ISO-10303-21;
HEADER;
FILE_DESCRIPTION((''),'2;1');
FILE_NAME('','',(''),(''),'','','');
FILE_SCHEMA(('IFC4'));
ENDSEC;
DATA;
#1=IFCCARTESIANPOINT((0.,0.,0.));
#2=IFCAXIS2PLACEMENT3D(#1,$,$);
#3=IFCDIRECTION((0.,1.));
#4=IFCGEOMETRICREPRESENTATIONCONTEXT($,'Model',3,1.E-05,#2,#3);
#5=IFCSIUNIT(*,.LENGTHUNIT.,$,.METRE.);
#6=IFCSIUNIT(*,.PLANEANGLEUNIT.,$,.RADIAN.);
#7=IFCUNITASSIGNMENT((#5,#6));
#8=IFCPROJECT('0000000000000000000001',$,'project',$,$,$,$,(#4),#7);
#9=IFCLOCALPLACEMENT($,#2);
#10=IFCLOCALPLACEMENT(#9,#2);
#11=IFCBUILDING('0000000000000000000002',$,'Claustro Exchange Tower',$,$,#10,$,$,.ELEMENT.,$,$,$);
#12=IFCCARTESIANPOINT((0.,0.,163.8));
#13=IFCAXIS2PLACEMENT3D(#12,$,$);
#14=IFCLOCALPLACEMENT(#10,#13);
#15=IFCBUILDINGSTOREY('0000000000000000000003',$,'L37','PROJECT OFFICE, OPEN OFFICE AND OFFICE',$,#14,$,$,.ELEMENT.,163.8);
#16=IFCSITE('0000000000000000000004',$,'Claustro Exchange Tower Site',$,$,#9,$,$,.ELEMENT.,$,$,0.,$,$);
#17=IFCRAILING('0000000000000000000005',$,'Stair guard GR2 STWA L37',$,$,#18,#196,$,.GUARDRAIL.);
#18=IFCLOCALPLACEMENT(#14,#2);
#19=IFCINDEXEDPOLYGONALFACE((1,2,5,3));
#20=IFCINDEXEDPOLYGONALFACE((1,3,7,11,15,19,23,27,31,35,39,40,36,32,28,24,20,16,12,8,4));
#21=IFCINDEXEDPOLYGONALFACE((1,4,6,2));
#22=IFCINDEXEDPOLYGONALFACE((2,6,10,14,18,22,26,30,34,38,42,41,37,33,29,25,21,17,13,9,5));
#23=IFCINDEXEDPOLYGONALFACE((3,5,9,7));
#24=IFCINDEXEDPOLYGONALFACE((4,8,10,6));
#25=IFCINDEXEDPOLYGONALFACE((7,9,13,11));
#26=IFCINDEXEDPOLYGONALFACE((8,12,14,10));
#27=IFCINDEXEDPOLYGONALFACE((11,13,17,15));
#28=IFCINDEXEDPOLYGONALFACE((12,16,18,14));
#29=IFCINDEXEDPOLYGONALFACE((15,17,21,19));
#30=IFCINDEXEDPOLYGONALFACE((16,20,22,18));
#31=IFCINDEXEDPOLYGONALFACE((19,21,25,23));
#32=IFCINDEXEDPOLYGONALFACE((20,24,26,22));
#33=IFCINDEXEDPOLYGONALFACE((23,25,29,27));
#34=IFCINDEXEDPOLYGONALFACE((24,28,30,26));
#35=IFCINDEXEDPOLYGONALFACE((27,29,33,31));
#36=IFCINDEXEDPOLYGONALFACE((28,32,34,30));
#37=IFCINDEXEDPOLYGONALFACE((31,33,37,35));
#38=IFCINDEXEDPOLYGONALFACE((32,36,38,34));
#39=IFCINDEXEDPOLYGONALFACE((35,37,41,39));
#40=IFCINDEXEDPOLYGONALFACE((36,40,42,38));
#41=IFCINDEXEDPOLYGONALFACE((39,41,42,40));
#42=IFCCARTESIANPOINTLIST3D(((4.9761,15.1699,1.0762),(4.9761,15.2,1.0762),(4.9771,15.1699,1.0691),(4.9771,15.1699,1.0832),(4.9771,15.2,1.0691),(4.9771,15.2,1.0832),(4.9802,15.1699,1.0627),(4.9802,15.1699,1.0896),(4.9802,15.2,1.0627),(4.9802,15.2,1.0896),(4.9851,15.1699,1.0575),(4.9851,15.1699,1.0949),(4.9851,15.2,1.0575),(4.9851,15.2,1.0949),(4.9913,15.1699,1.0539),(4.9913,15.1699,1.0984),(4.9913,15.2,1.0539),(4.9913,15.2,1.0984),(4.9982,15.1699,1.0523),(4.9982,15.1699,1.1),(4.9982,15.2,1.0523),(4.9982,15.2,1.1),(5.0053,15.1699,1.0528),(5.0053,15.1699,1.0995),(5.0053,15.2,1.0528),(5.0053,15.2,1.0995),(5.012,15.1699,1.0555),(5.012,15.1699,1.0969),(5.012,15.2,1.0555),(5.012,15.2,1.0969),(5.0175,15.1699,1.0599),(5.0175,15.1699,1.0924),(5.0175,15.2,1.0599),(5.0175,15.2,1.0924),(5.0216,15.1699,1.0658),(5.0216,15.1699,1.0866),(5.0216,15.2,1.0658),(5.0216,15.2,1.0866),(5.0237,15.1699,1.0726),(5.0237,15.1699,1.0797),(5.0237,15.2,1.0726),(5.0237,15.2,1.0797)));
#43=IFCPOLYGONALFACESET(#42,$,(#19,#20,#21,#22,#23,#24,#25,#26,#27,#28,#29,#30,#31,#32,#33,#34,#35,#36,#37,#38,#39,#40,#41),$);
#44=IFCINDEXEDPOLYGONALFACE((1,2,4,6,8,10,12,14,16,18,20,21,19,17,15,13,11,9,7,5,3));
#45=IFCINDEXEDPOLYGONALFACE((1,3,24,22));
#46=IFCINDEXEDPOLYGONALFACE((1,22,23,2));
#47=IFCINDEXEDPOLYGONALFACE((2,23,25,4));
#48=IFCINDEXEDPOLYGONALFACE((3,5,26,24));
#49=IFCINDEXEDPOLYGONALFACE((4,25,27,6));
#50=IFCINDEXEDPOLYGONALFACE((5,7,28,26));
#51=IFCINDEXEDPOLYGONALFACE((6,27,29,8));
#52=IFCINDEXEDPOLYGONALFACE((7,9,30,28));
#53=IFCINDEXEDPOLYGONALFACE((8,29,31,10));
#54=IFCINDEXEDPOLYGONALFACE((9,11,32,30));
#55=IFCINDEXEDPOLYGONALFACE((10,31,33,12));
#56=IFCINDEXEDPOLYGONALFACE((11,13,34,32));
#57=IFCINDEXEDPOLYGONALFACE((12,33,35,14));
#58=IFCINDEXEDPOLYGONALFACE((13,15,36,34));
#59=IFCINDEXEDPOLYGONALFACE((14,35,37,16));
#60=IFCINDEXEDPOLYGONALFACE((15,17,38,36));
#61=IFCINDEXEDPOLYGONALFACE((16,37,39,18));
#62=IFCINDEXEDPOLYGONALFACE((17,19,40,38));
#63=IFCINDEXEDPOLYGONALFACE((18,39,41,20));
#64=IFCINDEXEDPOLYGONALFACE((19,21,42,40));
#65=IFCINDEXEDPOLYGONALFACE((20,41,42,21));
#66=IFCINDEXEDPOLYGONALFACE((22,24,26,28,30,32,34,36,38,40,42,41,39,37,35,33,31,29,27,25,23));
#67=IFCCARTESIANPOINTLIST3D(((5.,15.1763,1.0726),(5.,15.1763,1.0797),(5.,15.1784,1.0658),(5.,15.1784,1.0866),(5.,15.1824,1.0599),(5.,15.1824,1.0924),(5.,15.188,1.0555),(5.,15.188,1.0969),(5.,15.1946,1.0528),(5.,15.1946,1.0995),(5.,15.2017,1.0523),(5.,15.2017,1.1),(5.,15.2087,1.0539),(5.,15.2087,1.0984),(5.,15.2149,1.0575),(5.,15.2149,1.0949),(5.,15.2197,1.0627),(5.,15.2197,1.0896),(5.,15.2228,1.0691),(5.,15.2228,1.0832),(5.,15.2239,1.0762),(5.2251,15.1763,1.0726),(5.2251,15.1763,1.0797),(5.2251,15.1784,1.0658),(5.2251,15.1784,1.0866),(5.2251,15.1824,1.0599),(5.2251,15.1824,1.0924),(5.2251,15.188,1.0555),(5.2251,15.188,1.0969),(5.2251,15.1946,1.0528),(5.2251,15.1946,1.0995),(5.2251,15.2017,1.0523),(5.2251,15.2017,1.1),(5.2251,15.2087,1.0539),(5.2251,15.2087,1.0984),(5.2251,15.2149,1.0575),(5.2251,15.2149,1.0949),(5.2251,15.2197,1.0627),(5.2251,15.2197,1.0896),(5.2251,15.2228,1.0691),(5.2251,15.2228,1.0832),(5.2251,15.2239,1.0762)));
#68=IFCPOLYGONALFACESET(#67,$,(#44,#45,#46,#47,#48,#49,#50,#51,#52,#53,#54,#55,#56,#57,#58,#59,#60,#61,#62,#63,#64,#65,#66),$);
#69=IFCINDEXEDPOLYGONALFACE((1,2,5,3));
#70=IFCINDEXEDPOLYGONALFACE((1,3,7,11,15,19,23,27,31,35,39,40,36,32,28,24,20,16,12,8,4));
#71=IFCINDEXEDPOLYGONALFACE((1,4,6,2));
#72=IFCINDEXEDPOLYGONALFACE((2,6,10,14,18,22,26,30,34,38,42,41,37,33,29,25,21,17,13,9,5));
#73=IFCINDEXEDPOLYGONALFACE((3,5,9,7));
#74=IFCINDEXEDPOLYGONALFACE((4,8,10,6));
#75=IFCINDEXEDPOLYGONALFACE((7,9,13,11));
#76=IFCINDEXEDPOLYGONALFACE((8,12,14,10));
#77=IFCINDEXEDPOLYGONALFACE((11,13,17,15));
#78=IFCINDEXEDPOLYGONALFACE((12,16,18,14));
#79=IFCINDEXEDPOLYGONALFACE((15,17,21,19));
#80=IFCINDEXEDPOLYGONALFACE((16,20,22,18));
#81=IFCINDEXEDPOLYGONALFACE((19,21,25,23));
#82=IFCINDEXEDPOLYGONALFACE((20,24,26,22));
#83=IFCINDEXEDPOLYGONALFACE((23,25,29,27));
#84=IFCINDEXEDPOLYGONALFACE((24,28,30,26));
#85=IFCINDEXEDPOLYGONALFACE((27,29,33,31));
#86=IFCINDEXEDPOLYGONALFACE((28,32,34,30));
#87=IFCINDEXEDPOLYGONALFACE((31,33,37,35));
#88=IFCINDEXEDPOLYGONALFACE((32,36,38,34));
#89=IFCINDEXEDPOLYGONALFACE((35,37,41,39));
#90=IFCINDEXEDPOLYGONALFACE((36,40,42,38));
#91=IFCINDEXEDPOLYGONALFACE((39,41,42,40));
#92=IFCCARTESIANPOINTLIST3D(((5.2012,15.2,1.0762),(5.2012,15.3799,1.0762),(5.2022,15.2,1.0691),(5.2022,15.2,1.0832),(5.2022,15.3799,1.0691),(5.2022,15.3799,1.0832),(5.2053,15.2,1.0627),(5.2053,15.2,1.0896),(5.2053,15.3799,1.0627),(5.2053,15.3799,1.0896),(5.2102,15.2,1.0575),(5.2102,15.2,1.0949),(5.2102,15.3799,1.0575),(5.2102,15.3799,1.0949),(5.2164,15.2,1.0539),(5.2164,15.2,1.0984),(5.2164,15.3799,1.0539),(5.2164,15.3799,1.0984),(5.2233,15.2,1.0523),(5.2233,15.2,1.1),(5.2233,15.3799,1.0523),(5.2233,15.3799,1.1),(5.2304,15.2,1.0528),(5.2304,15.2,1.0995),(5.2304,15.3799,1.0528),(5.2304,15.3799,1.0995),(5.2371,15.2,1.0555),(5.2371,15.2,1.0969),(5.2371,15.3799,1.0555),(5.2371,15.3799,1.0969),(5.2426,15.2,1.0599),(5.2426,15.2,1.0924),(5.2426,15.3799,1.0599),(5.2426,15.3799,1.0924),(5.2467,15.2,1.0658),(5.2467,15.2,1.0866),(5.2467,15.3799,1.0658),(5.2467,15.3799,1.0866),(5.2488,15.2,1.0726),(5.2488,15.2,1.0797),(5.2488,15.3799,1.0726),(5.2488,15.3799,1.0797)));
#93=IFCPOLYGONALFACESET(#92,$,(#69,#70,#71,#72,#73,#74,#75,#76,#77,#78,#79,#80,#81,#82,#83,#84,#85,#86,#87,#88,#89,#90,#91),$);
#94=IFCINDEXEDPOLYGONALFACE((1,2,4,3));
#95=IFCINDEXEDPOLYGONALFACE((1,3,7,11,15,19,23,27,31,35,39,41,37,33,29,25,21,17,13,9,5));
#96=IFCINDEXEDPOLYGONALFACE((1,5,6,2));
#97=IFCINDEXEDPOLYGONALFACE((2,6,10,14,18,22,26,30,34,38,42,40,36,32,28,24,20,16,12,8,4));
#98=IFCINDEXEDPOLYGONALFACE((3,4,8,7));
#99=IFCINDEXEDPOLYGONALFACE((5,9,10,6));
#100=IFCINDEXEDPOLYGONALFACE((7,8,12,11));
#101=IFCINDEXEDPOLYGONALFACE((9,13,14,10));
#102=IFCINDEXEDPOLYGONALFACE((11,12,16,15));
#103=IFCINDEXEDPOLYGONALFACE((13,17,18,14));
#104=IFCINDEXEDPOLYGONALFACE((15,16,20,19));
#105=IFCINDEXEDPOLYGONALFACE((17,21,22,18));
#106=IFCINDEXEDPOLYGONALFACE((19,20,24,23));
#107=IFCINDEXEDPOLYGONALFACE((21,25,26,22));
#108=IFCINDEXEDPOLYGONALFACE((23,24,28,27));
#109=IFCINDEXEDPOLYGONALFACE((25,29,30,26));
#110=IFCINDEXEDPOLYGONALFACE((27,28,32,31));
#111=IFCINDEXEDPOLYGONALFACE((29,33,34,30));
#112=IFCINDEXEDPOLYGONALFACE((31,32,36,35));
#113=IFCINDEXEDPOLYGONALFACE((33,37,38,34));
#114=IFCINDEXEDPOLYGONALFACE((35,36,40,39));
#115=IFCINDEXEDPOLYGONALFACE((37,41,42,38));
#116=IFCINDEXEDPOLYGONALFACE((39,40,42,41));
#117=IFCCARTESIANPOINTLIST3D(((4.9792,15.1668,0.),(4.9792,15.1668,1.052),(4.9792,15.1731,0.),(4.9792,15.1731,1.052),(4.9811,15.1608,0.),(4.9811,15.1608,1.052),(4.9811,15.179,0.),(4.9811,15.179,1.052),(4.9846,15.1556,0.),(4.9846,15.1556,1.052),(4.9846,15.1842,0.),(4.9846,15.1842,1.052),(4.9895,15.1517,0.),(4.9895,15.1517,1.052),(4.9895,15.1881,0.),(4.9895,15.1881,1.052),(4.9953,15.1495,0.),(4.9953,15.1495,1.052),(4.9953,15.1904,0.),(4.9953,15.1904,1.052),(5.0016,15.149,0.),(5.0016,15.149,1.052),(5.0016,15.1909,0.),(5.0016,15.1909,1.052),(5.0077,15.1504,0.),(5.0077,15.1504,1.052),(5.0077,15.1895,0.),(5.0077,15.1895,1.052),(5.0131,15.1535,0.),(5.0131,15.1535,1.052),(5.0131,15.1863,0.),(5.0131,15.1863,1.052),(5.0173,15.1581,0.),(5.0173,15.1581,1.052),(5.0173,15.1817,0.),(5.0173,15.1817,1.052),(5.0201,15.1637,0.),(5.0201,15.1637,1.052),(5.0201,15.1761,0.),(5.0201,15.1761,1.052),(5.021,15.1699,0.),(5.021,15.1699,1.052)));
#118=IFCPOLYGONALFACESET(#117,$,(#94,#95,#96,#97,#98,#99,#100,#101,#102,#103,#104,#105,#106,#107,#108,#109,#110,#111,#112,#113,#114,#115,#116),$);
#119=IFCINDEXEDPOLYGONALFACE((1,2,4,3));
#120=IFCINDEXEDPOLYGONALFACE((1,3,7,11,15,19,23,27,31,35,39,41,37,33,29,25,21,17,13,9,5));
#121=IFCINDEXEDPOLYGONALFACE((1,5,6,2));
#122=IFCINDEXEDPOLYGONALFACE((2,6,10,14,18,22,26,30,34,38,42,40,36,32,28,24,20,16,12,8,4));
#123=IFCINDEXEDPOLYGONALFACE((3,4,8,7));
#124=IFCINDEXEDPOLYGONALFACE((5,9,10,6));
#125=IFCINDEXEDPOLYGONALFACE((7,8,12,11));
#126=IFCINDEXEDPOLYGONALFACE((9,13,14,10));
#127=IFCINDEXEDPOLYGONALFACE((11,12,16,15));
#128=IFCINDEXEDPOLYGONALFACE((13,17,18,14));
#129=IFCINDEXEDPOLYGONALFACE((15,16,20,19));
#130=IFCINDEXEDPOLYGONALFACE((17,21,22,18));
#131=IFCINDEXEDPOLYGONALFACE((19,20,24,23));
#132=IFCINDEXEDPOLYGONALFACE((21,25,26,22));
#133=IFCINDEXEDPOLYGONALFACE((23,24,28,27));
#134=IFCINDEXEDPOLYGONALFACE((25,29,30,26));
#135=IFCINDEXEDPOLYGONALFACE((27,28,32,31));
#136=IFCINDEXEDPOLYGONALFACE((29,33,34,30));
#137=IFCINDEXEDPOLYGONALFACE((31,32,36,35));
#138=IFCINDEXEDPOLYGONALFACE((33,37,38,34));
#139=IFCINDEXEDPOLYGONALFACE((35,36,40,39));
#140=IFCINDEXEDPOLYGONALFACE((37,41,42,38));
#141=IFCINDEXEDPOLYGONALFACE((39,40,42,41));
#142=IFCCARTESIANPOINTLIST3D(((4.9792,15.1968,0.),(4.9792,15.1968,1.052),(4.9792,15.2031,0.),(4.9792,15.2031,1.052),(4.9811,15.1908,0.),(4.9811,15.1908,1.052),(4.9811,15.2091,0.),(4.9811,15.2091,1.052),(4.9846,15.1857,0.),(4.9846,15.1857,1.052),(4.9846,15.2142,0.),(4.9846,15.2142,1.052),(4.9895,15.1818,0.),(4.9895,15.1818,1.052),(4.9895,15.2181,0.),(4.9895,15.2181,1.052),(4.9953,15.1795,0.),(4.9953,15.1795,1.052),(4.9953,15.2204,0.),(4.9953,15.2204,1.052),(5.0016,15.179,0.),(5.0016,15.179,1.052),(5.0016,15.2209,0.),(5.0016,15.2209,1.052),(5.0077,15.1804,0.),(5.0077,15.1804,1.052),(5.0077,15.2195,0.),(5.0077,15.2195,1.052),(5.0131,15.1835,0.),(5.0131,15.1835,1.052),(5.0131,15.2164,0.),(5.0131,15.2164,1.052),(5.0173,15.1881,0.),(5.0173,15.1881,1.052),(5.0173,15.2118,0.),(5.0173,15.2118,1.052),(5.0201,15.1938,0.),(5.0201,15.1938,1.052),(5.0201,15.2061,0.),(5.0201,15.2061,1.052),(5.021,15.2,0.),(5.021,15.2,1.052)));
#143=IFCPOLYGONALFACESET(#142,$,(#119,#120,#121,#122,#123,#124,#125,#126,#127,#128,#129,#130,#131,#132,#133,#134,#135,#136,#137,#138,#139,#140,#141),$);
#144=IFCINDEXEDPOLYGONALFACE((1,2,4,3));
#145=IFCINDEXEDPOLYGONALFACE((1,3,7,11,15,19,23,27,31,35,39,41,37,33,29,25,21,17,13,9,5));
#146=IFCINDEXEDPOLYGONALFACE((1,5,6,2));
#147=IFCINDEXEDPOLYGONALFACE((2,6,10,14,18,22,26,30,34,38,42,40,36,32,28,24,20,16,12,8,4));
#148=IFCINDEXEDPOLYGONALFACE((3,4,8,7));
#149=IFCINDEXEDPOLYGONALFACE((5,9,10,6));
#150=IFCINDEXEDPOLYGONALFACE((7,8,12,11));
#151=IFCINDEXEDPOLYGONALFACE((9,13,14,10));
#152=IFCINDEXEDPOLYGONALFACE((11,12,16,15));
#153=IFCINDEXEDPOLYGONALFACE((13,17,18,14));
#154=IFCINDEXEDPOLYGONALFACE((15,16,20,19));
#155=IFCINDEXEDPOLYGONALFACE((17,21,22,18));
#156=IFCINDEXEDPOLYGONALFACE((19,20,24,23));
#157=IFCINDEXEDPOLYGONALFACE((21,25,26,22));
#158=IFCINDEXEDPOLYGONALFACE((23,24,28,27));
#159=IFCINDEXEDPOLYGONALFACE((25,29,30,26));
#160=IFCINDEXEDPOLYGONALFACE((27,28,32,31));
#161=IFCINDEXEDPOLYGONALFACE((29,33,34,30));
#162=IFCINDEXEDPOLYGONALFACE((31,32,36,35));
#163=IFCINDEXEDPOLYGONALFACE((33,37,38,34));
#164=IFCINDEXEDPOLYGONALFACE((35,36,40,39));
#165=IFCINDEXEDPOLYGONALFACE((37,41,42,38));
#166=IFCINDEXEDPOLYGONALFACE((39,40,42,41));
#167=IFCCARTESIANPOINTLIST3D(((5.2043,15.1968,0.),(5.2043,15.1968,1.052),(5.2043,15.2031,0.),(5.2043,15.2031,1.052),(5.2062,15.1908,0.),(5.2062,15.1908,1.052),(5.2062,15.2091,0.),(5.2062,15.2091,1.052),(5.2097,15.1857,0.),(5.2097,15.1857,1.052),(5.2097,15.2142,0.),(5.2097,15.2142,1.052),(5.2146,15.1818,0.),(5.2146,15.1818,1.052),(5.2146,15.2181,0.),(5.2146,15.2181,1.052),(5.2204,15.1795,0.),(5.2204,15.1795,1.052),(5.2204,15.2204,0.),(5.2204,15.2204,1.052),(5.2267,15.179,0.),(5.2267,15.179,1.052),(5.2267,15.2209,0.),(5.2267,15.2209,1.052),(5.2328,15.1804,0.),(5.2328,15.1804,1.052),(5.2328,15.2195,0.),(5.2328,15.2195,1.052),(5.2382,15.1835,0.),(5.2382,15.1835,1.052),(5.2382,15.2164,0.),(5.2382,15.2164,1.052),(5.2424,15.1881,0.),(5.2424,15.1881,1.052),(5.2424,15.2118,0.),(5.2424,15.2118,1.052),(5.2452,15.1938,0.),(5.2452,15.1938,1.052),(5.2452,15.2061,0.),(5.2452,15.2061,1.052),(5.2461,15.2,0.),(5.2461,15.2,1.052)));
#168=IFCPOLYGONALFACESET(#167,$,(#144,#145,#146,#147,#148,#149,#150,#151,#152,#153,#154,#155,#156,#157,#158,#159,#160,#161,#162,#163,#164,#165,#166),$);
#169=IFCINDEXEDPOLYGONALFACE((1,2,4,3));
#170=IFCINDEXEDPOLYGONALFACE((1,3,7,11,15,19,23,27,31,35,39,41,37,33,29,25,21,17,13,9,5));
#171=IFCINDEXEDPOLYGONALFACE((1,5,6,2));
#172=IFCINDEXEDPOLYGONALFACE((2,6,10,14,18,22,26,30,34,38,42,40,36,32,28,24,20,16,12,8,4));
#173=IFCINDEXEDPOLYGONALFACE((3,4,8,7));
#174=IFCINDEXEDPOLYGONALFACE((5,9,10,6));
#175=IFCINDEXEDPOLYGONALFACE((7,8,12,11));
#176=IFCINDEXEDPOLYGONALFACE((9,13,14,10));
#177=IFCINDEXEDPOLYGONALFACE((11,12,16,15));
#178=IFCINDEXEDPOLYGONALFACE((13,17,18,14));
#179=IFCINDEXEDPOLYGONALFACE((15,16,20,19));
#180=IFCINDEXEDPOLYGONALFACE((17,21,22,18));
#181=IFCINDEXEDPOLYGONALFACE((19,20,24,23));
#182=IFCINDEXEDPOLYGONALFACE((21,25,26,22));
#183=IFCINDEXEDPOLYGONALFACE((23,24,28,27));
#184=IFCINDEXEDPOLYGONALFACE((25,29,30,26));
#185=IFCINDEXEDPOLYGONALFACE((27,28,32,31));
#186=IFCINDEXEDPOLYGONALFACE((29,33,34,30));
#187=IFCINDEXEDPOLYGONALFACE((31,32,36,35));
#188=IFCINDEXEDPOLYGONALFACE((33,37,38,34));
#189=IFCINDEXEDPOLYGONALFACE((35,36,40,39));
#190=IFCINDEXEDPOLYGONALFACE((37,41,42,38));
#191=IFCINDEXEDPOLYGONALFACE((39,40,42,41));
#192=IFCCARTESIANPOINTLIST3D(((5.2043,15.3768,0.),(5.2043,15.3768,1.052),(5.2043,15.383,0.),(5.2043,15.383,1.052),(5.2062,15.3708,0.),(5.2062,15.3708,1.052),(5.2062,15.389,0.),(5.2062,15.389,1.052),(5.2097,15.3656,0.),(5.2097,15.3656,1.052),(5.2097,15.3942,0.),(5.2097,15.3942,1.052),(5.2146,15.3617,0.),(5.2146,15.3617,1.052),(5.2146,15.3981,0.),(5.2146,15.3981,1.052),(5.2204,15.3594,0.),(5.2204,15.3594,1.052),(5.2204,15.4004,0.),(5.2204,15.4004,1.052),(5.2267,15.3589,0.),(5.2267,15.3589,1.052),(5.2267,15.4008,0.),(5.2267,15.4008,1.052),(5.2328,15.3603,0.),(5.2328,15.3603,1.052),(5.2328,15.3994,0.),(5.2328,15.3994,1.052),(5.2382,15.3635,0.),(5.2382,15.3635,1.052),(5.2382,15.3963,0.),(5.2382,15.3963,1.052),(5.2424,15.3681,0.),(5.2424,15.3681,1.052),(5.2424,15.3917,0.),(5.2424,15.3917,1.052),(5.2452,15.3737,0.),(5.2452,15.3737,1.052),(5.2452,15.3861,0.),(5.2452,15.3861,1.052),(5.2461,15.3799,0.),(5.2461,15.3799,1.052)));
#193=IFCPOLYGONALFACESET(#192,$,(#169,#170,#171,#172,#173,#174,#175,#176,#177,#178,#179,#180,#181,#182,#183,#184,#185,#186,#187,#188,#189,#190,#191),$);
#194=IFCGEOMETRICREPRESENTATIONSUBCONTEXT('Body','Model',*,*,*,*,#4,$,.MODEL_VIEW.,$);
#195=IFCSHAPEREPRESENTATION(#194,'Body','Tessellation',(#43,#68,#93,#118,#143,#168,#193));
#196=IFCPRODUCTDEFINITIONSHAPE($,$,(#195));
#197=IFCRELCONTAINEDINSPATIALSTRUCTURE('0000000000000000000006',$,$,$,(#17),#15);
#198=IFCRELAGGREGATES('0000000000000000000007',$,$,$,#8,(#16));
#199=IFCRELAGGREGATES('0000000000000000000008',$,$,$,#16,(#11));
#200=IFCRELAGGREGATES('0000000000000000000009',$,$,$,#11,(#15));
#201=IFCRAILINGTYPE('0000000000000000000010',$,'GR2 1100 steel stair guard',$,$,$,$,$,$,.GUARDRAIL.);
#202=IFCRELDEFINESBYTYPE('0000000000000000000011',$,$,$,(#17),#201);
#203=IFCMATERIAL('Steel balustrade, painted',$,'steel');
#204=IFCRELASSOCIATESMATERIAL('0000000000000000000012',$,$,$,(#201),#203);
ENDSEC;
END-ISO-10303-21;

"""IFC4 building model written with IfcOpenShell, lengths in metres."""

from ifc_helpers import new_model, si_unit, direction, frame, origin, origin_2d, place, context, subcontext, project, spatial, circle, extrude, material, type_object, element, save


model = new_model("IFC4")

# Units and contexts
model_context = context("Model", 3, precision=1e-05, world=origin(), true_north=direction((0.0, 1.0)))
body_context = subcontext(model_context, "Body", "Model", "MODEL_VIEW")
ifc_project = project(units=[si_unit("LENGTHUNIT", "METRE"), si_unit("PLANEANGLEUNIT", "RADIAN")], contexts=[model_context])

# Site, building, storey
site_placement = place(None, origin())
site = spatial("IfcSite", under=ifc_project, at=site_placement, Name="Claustro Exchange Tower Site", CompositionType="ELEMENT", RefElevation=0.0)
building_placement = place(site_placement, origin())
building = spatial("IfcBuilding", under=site, at=building_placement, Name="Claustro Exchange Tower", CompositionType="ELEMENT")
storey_placement = place(building_placement, frame((0.0, 0.0, 163.8)))
storey = spatial("IfcBuildingStorey", under=building, at=storey_placement, Name="L37", Description="PROJECT OFFICE, OPEN OFFICE AND OFFICE", CompositionType="ELEMENT", Elevation=163.8)

# Railing
ifc_material_1 = material(Name="Steel balustrade, painted", Category="steel")
railing_type_1 = type_object("IfcRailingType", Name="GR2 1100 steel stair guard", PredefinedType="GUARDRAIL", material=ifc_material_1)
railing_1_placement = place(storey_placement, frame((5.0, 15.1699, 0.0)))
element("IfcRailing", 1, at=railing_1_placement, inside=storey, type_object=railing_type_1, Name="Stair guard GR2 STWA L37", PredefinedType="GUARDRAIL", context=body_context, shape_type="SweptSolid", body=[
    extrude(circle(Radius=0.0239, at=origin_2d()), frame((0.0, 0.0, 1.0762), z_axis=(0.0, 1.0, 0.0), x_axis=(-1.0, 0.0, 0.0)), (0.0, 0.0, 1.0), 0.03),
    extrude(circle(Radius=0.0239, at=origin_2d()), frame((0.0, 0.03, 1.0762), z_axis=(1.0, 0.0, 0.0), x_axis=(0.0, 1.0, 0.0)), (0.0, 0.0, 1.0), 0.2251),
    extrude(circle(Radius=0.0239, at=origin_2d()), frame((0.2251, 0.03, 1.0762), z_axis=(0.0, 1.0, 0.0), x_axis=(-1.0, 0.0, 0.0)), (0.0, 0.0, 1.0), 0.1799),
    extrude(circle(Radius=0.021, at=origin_2d()), origin(), (0.0, 0.0, 1.0), 1.052),
    extrude(circle(Radius=0.021, at=origin_2d()), frame((0.0, 0.03, 0.0)), (0.0, 0.0, 1.0), 1.052),
    extrude(circle(Radius=0.021, at=origin_2d()), frame((0.2251, 0.03, 0.0)), (0.0, 0.0, 1.0), 1.052),
    extrude(circle(Radius=0.021, at=origin_2d()), frame((0.2251, 0.21, 0.0)), (0.0, 0.0, 1.0), 1.052),
])

save(model, "model.ifc")
